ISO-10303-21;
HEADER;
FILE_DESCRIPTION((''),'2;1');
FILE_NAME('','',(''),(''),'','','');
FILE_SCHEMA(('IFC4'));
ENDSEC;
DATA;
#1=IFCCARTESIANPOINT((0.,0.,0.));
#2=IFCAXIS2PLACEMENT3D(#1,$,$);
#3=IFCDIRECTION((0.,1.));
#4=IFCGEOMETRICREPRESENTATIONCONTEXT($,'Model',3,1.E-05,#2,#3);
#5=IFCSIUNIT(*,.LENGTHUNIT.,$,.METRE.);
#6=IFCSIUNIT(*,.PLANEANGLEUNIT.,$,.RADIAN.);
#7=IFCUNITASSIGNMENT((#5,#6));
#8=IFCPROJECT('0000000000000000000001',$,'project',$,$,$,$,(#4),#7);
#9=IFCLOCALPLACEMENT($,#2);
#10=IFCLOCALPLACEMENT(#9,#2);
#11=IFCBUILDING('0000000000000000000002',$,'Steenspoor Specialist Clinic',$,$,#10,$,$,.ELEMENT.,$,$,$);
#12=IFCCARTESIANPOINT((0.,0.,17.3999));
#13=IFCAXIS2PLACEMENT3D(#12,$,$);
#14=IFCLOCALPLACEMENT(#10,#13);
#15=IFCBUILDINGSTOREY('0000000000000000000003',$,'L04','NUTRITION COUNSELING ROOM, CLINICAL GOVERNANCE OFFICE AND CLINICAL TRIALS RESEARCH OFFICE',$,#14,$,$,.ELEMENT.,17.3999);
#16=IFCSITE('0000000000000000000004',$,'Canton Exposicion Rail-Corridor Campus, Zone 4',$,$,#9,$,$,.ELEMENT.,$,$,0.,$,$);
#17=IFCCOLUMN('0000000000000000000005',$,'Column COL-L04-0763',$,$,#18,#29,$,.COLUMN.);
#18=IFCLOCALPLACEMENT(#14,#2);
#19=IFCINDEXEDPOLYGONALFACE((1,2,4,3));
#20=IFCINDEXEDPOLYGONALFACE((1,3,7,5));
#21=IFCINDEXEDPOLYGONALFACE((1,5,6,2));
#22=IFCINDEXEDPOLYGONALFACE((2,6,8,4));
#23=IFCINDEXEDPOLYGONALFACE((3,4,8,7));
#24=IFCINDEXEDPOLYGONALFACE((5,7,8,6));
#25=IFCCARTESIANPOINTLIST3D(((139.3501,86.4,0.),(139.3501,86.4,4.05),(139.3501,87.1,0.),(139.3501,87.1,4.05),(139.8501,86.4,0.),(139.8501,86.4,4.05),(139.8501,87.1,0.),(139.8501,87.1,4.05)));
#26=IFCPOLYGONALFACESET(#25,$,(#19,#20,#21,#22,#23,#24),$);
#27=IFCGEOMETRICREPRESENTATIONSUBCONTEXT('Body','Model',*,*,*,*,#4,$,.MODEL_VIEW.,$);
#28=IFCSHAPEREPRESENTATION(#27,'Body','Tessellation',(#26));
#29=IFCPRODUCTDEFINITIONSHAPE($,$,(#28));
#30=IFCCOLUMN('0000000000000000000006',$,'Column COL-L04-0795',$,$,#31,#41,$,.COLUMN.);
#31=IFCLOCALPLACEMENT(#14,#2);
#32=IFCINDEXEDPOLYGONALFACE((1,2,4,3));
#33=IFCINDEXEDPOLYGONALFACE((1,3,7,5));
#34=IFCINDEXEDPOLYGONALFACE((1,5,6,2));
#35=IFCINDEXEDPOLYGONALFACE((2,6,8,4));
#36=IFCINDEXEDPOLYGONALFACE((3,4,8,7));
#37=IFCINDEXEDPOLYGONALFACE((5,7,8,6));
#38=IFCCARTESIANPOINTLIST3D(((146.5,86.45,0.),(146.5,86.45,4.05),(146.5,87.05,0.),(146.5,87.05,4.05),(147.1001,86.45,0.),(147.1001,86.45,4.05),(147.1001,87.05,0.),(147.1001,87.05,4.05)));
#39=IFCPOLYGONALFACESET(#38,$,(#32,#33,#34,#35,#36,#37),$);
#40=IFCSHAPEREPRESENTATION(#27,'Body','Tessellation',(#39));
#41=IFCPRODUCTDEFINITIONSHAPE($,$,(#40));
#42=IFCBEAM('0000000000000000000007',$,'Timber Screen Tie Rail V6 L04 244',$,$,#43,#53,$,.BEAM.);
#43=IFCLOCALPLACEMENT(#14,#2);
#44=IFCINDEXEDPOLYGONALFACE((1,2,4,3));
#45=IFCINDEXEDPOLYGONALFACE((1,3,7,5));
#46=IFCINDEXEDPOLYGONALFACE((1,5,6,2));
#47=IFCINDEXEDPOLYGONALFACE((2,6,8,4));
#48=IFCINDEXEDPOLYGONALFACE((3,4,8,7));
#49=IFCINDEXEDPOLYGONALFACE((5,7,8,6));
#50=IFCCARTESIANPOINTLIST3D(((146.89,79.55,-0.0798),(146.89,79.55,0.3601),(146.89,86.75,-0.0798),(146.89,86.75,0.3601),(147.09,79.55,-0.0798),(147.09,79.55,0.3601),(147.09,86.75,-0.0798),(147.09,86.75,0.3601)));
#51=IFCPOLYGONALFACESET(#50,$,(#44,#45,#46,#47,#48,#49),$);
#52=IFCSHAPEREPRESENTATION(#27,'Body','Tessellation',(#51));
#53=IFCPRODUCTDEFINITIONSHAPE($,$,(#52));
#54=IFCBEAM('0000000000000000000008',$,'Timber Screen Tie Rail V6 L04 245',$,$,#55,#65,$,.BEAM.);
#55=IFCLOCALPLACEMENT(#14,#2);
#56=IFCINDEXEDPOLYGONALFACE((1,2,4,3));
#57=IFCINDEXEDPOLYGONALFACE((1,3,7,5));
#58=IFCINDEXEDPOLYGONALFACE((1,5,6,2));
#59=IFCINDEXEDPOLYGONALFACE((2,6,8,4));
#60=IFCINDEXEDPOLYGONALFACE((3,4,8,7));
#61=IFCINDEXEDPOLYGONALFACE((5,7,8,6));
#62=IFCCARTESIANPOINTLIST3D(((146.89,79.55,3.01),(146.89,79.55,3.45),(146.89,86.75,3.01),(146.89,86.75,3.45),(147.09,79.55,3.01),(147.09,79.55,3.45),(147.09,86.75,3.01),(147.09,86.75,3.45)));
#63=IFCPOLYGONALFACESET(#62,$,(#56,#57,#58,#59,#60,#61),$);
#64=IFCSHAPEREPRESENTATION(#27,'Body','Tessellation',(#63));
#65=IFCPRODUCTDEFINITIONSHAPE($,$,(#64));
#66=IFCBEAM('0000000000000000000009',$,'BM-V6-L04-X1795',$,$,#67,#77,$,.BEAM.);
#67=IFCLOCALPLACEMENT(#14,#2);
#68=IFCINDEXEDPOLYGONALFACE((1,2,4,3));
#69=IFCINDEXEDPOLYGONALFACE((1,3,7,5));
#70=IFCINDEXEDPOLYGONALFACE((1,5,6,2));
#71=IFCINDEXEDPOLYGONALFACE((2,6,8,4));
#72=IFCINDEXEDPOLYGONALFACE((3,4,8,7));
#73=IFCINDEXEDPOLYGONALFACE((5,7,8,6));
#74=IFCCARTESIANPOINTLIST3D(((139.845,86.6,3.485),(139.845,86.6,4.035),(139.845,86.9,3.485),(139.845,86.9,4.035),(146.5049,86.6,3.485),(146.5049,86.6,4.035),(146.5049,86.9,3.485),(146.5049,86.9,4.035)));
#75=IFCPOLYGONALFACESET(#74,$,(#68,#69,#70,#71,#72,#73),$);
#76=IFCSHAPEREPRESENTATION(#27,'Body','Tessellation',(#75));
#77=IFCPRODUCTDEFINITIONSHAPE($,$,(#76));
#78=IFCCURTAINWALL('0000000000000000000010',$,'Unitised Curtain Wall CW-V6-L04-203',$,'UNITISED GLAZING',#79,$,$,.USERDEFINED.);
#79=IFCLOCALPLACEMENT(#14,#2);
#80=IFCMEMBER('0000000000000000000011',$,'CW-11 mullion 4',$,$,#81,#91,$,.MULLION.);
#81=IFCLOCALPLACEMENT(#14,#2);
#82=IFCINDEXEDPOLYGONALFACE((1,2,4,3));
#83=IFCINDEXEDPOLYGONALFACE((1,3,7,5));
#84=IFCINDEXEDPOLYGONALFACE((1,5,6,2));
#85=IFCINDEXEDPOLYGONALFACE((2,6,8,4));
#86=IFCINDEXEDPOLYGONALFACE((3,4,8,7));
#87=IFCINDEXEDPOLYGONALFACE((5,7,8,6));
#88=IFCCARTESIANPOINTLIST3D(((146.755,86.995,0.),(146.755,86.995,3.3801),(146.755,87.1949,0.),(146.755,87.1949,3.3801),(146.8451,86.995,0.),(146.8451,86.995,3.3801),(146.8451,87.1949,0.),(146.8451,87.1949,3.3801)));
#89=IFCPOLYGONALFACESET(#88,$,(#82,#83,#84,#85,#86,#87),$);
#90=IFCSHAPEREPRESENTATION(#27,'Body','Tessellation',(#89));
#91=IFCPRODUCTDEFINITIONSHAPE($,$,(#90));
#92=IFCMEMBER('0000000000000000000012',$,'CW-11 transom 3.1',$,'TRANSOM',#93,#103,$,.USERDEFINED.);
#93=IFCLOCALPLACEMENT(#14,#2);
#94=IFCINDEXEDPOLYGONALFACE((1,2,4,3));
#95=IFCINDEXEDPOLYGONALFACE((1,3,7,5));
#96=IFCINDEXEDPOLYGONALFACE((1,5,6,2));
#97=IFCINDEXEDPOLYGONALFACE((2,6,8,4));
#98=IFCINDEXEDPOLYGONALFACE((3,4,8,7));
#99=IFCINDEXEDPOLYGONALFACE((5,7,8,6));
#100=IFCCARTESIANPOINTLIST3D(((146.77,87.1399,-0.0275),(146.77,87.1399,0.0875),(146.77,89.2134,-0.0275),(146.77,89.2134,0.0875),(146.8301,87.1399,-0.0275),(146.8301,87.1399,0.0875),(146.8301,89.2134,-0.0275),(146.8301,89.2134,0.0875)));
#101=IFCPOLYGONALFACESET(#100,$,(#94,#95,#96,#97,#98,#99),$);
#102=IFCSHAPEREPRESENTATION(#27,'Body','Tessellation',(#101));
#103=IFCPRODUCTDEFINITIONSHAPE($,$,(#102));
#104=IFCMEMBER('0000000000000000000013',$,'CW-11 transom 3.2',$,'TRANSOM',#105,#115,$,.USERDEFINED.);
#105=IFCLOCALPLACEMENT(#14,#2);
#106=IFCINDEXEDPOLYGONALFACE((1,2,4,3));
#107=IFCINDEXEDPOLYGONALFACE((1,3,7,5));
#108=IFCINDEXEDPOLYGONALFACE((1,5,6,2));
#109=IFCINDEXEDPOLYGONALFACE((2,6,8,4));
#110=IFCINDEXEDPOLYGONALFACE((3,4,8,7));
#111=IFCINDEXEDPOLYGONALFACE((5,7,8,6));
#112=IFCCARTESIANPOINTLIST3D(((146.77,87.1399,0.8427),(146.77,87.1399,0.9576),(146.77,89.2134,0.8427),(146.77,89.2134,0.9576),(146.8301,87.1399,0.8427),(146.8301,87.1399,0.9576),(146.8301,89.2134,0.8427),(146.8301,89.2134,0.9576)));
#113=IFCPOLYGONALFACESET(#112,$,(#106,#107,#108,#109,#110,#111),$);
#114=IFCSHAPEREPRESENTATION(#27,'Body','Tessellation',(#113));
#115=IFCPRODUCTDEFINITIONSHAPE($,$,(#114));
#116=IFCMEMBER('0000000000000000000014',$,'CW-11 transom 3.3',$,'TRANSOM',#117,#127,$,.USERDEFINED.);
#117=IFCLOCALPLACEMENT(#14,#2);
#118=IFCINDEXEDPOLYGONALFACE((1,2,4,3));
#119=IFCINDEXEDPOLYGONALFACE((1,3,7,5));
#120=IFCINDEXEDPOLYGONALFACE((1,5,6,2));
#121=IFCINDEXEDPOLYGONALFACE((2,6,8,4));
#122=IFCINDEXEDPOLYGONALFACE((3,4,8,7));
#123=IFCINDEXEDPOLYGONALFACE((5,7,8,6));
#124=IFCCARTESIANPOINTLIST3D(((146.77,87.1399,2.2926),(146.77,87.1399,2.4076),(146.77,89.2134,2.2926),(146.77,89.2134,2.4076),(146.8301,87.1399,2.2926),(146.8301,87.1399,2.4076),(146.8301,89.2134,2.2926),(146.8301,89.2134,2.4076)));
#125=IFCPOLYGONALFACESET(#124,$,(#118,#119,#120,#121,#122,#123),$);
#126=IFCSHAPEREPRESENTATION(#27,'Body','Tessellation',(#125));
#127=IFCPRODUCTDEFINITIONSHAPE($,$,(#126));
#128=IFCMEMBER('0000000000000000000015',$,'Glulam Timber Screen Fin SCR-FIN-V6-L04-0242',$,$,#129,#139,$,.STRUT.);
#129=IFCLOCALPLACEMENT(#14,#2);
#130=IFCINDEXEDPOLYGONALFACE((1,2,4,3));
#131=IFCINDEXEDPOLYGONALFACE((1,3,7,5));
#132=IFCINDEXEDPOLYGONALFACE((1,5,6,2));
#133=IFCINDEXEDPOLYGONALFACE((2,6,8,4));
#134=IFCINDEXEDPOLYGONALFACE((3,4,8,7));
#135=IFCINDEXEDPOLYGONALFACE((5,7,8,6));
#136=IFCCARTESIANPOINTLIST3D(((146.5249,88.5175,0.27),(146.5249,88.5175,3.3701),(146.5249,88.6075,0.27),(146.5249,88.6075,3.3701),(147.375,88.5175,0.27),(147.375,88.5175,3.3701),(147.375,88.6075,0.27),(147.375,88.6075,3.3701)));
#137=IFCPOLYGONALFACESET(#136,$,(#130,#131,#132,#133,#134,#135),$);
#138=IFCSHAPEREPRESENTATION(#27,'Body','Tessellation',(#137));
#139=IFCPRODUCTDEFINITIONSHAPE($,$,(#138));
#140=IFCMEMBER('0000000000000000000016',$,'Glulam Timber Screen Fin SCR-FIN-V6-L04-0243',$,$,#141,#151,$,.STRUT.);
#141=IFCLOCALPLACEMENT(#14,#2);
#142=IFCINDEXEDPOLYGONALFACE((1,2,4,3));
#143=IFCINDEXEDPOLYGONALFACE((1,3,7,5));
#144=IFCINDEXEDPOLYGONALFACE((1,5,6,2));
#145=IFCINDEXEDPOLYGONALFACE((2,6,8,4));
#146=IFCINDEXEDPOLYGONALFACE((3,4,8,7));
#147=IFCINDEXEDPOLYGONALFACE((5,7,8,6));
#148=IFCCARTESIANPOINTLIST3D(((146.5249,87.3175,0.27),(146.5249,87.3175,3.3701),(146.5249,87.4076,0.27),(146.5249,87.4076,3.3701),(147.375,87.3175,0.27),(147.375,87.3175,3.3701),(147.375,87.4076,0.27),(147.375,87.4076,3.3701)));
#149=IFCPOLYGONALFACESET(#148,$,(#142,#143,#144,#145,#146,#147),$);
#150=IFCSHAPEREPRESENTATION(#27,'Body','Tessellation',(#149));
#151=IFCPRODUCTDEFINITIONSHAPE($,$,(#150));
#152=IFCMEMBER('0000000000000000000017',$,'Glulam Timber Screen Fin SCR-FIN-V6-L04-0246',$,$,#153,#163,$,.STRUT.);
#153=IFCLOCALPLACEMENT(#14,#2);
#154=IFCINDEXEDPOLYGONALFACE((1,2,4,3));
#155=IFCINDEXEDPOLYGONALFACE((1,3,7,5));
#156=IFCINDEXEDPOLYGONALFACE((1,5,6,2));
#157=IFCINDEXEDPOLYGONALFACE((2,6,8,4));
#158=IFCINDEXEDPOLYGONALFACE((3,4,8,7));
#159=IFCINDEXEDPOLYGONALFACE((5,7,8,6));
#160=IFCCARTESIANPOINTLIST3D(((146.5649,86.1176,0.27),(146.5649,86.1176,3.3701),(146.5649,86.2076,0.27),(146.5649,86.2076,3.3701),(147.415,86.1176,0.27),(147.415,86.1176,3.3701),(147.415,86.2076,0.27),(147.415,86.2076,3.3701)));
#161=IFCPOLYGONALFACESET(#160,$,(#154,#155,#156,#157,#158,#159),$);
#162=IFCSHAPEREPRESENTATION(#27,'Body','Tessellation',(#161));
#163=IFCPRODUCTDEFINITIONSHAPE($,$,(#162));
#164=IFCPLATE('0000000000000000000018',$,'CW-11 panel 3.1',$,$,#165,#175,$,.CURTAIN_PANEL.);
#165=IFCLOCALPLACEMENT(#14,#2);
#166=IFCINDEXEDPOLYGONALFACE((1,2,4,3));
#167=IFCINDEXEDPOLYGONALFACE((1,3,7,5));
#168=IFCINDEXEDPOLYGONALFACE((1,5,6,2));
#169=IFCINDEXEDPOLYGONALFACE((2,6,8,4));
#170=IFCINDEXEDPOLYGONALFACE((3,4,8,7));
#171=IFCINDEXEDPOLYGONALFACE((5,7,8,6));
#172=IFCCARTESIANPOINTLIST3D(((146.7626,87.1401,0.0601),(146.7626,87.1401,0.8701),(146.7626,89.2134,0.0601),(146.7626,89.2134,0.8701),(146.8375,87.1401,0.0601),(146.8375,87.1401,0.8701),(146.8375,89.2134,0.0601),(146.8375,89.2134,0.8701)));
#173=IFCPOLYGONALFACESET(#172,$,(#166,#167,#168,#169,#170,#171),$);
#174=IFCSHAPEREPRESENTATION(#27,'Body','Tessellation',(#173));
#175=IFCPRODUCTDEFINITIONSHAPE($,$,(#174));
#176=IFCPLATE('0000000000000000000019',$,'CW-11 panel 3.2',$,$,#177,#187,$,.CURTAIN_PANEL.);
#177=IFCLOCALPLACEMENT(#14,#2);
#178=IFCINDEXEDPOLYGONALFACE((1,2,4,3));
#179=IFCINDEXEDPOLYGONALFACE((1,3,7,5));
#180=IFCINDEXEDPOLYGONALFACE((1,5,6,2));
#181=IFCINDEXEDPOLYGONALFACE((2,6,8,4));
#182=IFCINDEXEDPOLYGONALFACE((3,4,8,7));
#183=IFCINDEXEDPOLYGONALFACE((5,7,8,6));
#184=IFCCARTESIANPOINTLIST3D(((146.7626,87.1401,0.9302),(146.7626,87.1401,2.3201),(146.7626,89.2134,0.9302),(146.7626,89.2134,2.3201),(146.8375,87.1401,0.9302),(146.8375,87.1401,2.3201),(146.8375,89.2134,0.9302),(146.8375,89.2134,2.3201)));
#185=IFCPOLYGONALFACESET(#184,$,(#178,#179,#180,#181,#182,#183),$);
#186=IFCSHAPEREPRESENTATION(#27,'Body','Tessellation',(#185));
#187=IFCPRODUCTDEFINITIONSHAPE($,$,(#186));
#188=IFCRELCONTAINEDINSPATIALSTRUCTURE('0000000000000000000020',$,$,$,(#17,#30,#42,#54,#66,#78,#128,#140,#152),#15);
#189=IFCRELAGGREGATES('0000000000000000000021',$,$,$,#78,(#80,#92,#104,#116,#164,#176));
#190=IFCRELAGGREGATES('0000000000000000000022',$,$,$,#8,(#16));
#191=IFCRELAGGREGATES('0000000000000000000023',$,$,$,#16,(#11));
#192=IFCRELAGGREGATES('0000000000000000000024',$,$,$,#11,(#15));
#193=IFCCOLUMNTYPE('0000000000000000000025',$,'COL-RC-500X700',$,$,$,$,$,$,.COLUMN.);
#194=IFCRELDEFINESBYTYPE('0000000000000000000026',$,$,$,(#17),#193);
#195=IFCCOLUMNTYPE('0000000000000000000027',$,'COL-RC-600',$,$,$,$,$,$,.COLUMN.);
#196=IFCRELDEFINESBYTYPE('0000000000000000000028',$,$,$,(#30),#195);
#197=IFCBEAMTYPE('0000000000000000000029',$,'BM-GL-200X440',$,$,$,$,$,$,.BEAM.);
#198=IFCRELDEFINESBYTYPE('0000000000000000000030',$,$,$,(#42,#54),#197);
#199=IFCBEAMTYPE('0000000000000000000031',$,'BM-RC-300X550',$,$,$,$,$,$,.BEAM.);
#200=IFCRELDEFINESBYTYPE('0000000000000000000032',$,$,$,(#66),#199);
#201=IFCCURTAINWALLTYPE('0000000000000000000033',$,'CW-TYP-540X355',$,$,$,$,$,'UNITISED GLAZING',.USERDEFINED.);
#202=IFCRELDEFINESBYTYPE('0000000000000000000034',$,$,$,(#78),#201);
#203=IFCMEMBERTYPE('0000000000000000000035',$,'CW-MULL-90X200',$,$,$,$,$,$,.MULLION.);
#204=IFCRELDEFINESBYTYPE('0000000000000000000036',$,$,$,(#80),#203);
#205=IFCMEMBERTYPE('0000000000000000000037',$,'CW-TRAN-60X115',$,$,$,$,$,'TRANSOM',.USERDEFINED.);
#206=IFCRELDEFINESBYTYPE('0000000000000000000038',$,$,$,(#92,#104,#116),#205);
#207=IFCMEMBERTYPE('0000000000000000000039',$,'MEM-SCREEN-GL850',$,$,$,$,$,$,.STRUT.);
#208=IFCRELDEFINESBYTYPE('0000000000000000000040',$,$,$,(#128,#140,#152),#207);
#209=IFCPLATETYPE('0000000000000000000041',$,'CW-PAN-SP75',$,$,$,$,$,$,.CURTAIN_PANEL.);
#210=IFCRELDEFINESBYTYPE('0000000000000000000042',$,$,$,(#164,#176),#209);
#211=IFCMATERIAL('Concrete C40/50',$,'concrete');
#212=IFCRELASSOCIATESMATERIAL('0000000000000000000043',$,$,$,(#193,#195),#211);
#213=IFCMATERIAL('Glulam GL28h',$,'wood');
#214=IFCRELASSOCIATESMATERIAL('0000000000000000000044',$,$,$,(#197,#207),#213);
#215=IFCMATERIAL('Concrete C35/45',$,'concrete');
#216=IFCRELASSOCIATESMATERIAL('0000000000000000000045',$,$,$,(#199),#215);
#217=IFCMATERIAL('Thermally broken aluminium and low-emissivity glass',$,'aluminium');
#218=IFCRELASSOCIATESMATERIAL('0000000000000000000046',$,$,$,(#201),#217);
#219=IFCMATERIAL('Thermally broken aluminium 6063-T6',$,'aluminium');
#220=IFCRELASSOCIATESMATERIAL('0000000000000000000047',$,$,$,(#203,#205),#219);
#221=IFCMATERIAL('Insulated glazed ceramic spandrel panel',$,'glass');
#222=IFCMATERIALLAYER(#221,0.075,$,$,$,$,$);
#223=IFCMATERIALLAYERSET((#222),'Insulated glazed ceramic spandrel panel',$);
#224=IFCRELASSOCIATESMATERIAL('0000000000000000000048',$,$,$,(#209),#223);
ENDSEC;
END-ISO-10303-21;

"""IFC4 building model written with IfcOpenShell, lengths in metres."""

from ifc_helpers import new_model, si_unit, direction, frame, origin, origin_2d, place, context, subcontext, project, spatial, rectangle, extrude, material, layer, layer_set, material_profile, profile_set, type_object, element, aggregate, save


model = new_model("IFC4")

# Units and contexts
model_context = context("Model", 3, precision=1e-05, world=origin(), true_north=direction((0.0, 1.0)))
body_context = subcontext(model_context, "Body", "Model", "MODEL_VIEW")
ifc_project = project(units=[si_unit("LENGTHUNIT", "METRE"), si_unit("PLANEANGLEUNIT", "RADIAN")], contexts=[model_context])

# Site, building, storey
site_placement = place(None, origin())
site = spatial("IfcSite", under=ifc_project, at=site_placement, Name="Canton Exposicion Rail-Corridor Campus, Zone 4", CompositionType="ELEMENT", RefElevation=0.0)
building_placement = place(site_placement, origin())
building = spatial("IfcBuilding", under=site, at=building_placement, Name="Steenspoor Specialist Clinic", CompositionType="ELEMENT")
storey_placement = place(building_placement, frame((0.0, 0.0, 17.3999)))
storey = spatial("IfcBuildingStorey", under=building, at=storey_placement, Name="L04", Description="NUTRITION COUNSELING ROOM, CLINICAL GOVERNANCE OFFICE AND CLINICAL TRIALS RESEARCH OFFICE", CompositionType="ELEMENT", Elevation=17.3999)

# Columns
ifc_material_1 = material(Name="Concrete C40/50", Category="concrete")
ifc_material_profile_1 = material_profile(ifc_material_1, rectangle(XDim=0.5, YDim=0.7, at=origin_2d()), Name="RC-COL-500X700")
ifc_profile_set_1 = profile_set([ifc_material_profile_1], Name="Concrete C40/50")
column_type_1 = type_object("IfcColumnType", Name="COL-RC-500X700", PredefinedType="COLUMN", material=ifc_profile_set_1)
column_1_placement = place(storey_placement, frame((139.6001, 86.75, 0.0), z_axis=(0.0, 0.0, 1.0), x_axis=(1.0, 0.0, 0.0)))
element("IfcColumn", 1, at=column_1_placement, inside=storey, type_object=column_type_1, Name="Column COL-L04-0763", PredefinedType="COLUMN", context=body_context, shape_type="SweptSolid", body=[
    extrude(rectangle(XDim=0.5, YDim=0.7, at=origin_2d()), origin(), (0.0, 0.0, 1.0), 4.05),
])
ifc_material_profile_2 = material_profile(ifc_material_1, rectangle(XDim=0.6001, YDim=0.6001, at=origin_2d()), Name="RC-COL-600X600")
ifc_profile_set_2 = profile_set([ifc_material_profile_2], Name="Concrete C40/50")
column_type_2 = type_object("IfcColumnType", Name="COL-RC-600", PredefinedType="COLUMN", material=ifc_profile_set_2)
column_2_placement = place(storey_placement, frame((146.8, 86.75, 0.0), z_axis=(0.0, 0.0, 1.0), x_axis=(1.0, 0.0, 0.0)))
element("IfcColumn", 2, at=column_2_placement, inside=storey, type_object=column_type_2, Name="Column COL-L04-0795", PredefinedType="COLUMN", context=body_context, shape_type="SweptSolid", body=[
    extrude(rectangle(XDim=0.6001, YDim=0.6001, at=origin_2d()), origin(), (0.0, 0.0, 1.0), 4.05),
])

# Beams
ifc_material_2 = material(Name="Glulam GL28h", Category="wood")
ifc_material_profile_3 = material_profile(ifc_material_2, rectangle(XDim=0.2, YDim=0.4399, at=origin_2d()), Name="GL28H-200X440")
ifc_profile_set_3 = profile_set([ifc_material_profile_3], Name="Glulam GL28h")
beam_type_1 = type_object("IfcBeamType", Name="BM-GL-200X440", PredefinedType="BEAM", material=ifc_profile_set_3)
for number, where, z_axis, x_axis, name in (
    (3, (146.99, 86.75, 0.1401), (0.0, -1.0, 0.0), (1.0, 0.0, 0.0), "Timber Screen Tie Rail V6 L04 244"),
    (4, (146.99, 86.75, 3.23), (0.0, -1.0, 0.0), (1.0, 0.0, 0.0), "Timber Screen Tie Rail V6 L04 245"),
):
    element("IfcBeam", number, at=place(storey_placement, frame(where, z_axis=z_axis, x_axis=x_axis)), inside=storey, type_object=beam_type_1, Name=name, PredefinedType="BEAM", context=body_context, shape_type="SweptSolid", body=[
        extrude(rectangle(XDim=0.2, YDim=0.4399, at=origin_2d()), origin(), (0.0, 0.0, 1.0), 7.2),
    ])
ifc_material_3 = material(Name="Concrete C35/45", Category="concrete")
ifc_material_profile_4 = material_profile(ifc_material_3, rectangle(XDim=0.3, YDim=0.55, at=origin_2d()), Name="RC-BM-300X550")
ifc_profile_set_4 = profile_set([ifc_material_profile_4], Name="Concrete C35/45")
beam_type_2 = type_object("IfcBeamType", Name="BM-RC-300X550", PredefinedType="BEAM", material=ifc_profile_set_4)
beam_placement = place(storey_placement, frame((139.845, 86.75, 3.76), z_axis=(1.0, 0.0, 0.0), x_axis=(0.0, 1.0, 0.0)))
element("IfcBeam", 5, at=beam_placement, inside=storey, type_object=beam_type_2, Name="BM-V6-L04-X1795", PredefinedType="BEAM", context=body_context, shape_type="SweptSolid", body=[
    extrude(rectangle(XDim=0.3, YDim=0.55, at=origin_2d()), origin(), (0.0, 0.0, 1.0), 6.6599),
])

# Curtain wall, members
ifc_material_4 = material(Name="Thermally broken aluminium and low-emissivity glass", Category="aluminium")
curtain_wall_type = type_object("IfcCurtainWallType", Name="CW-TYP-540X355", ElementType="UNITISED GLAZING", PredefinedType="USERDEFINED", material=ifc_material_4)
curtain_wall_placement = place(storey_placement, origin())
curtain_wall = element("IfcCurtainWall", 6, at=curtain_wall_placement, inside=storey, type_object=curtain_wall_type, Name="Unitised Curtain Wall CW-V6-L04-203", ObjectType="UNITISED GLAZING", PredefinedType="USERDEFINED")
ifc_material_5 = material(Name="Thermally broken aluminium 6063-T6", Category="aluminium")
ifc_material_profile_5 = material_profile(ifc_material_5, rectangle(XDim=0.0901, YDim=0.2, at=origin_2d()), Name="CWM-90X200")
ifc_profile_set_5 = profile_set([ifc_material_profile_5], Name="Thermally broken aluminium 6063-T6")
member_type_1 = type_object("IfcMemberType", Name="CW-MULL-90X200", PredefinedType="MULLION", material=ifc_profile_set_5)
member_1_placement = place(storey_placement, frame((146.8, 87.095, 0.0), z_axis=(0.0, 0.0, 1.0), x_axis=(1.0, 0.0, 0.0)))
member_1 = element("IfcMember", 7, at=member_1_placement, type_object=member_type_1, Name="CW-11 mullion 4", PredefinedType="MULLION", context=body_context, shape_type="SweptSolid", body=[
    extrude(rectangle(XDim=0.0901, YDim=0.2, at=origin_2d()), origin(), (0.0, 0.0, 1.0), 3.3801),
])
ifc_material_profile_6 = material_profile(ifc_material_5, rectangle(XDim=0.0601, YDim=0.115, at=origin_2d()), Name="CWT-60X115")
ifc_profile_set_6 = profile_set([ifc_material_profile_6], Name="Thermally broken aluminium 6063-T6")
member_type_2 = type_object("IfcMemberType", Name="CW-TRAN-60X115", ElementType="TRANSOM", PredefinedType="USERDEFINED", material=ifc_profile_set_6)
member_2_placement = place(storey_placement, frame((146.8, 89.2134, 0.03), z_axis=(0.0, -1.0, 0.0), x_axis=(1.0, 0.0, 0.0)))
member_2 = element("IfcMember", 8, at=member_2_placement, type_object=member_type_2, Name="CW-11 transom 3.1", ObjectType="TRANSOM", PredefinedType="USERDEFINED", context=body_context, shape_type="SweptSolid", body=[
    extrude(rectangle(XDim=0.0601, YDim=0.115, at=origin_2d()), origin(), (0.0, 0.0, 1.0), 2.0735),
])
member_3_placement = place(storey_placement, frame((146.8, 89.2134, 0.9001), z_axis=(0.0, -1.0, 0.0), x_axis=(1.0, 0.0, 0.0)))
member_3 = element("IfcMember", 9, at=member_3_placement, type_object=member_type_2, Name="CW-11 transom 3.2", ObjectType="TRANSOM", PredefinedType="USERDEFINED", context=body_context, shape_type="SweptSolid", body=[
    extrude(rectangle(XDim=0.0601, YDim=0.115, at=origin_2d()), origin(), (0.0, 0.0, 1.0), 2.0735),
])
member_4_placement = place(storey_placement, frame((146.8, 89.2134, 2.3501), z_axis=(0.0, -1.0, 0.0), x_axis=(1.0, 0.0, 0.0)))
member_4 = element("IfcMember", 10, at=member_4_placement, type_object=member_type_2, Name="CW-11 transom 3.3", ObjectType="TRANSOM", PredefinedType="USERDEFINED", context=body_context, shape_type="SweptSolid", body=[
    extrude(rectangle(XDim=0.0601, YDim=0.115, at=origin_2d()), origin(), (0.0, 0.0, 1.0), 2.0735),
])

# Members
ifc_material_profile_7 = material_profile(ifc_material_2, rectangle(XDim=0.0901, YDim=0.8501, at=origin_2d()), Name="GL28H-90X850")
ifc_profile_set_7 = profile_set([ifc_material_profile_7], Name="Glulam GL28h")
member_type_3 = type_object("IfcMemberType", Name="MEM-SCREEN-GL850", PredefinedType="STRUT", material=ifc_profile_set_7)
for number, where, z_axis, x_axis, name in (
    (11, (146.95, 88.5625, 0.27), (0.0, 0.0, 1.0), (0.0, -1.0, 0.0), "Glulam Timber Screen Fin SCR-FIN-V6-L04-0242"),
    (12, (146.95, 87.3625, 0.27), (0.0, 0.0, 1.0), (0.0, -1.0, 0.0), "Glulam Timber Screen Fin SCR-FIN-V6-L04-0243"),
    (13, (146.99, 86.1626, 0.27), (0.0, 0.0, 1.0), (0.0, -1.0, 0.0), "Glulam Timber Screen Fin SCR-FIN-V6-L04-0246"),
):
    element("IfcMember", number, at=place(storey_placement, frame(where, z_axis=z_axis, x_axis=x_axis)), inside=storey, type_object=member_type_3, Name=name, PredefinedType="STRUT", context=body_context, shape_type="SweptSolid", body=[
        extrude(rectangle(XDim=0.0901, YDim=0.8501, at=origin_2d()), origin(), (0.0, 0.0, 1.0), 3.1001),
    ])

# Plates
ifc_material_6 = material(Name="Insulated glazed ceramic spandrel panel", Category="glass")
ifc_layer_1 = layer(ifc_material_6, 0.075)
ifc_layer_set_1 = layer_set([ifc_layer_1], Name="Insulated glazed ceramic spandrel panel")
plate_type = type_object("IfcPlateType", Name="CW-PAN-SP75", PredefinedType="CURTAIN_PANEL", material=ifc_layer_set_1)
plate_1_placement = place(storey_placement, frame((146.8, 88.1768, 0.0601), z_axis=(0.0, 0.0, 1.0), x_axis=(0.0, -1.0, 0.0)))
plate_1 = element("IfcPlate", 14, at=plate_1_placement, type_object=plate_type, Name="CW-11 panel 3.1", PredefinedType="CURTAIN_PANEL", context=body_context, shape_type="SweptSolid", body=[
    extrude(rectangle(XDim=2.0732, YDim=0.075, at=origin_2d()), origin(), (0.0, 0.0, 1.0), 0.8101),
])
plate_2_placement = place(storey_placement, frame((146.8, 88.1768, 0.9302), z_axis=(0.0, 0.0, 1.0), x_axis=(0.0, -1.0, 0.0)))
plate_2 = element("IfcPlate", 15, at=plate_2_placement, type_object=plate_type, Name="CW-11 panel 3.2", PredefinedType="CURTAIN_PANEL", context=body_context, shape_type="SweptSolid", body=[
    extrude(rectangle(XDim=2.0732, YDim=0.075, at=origin_2d()), origin(), (0.0, 0.0, 1.0), 1.3899),
])
aggregate(curtain_wall, [member_1, member_2, member_3, member_4, plate_1, plate_2])

save(model, "model.ifc")
